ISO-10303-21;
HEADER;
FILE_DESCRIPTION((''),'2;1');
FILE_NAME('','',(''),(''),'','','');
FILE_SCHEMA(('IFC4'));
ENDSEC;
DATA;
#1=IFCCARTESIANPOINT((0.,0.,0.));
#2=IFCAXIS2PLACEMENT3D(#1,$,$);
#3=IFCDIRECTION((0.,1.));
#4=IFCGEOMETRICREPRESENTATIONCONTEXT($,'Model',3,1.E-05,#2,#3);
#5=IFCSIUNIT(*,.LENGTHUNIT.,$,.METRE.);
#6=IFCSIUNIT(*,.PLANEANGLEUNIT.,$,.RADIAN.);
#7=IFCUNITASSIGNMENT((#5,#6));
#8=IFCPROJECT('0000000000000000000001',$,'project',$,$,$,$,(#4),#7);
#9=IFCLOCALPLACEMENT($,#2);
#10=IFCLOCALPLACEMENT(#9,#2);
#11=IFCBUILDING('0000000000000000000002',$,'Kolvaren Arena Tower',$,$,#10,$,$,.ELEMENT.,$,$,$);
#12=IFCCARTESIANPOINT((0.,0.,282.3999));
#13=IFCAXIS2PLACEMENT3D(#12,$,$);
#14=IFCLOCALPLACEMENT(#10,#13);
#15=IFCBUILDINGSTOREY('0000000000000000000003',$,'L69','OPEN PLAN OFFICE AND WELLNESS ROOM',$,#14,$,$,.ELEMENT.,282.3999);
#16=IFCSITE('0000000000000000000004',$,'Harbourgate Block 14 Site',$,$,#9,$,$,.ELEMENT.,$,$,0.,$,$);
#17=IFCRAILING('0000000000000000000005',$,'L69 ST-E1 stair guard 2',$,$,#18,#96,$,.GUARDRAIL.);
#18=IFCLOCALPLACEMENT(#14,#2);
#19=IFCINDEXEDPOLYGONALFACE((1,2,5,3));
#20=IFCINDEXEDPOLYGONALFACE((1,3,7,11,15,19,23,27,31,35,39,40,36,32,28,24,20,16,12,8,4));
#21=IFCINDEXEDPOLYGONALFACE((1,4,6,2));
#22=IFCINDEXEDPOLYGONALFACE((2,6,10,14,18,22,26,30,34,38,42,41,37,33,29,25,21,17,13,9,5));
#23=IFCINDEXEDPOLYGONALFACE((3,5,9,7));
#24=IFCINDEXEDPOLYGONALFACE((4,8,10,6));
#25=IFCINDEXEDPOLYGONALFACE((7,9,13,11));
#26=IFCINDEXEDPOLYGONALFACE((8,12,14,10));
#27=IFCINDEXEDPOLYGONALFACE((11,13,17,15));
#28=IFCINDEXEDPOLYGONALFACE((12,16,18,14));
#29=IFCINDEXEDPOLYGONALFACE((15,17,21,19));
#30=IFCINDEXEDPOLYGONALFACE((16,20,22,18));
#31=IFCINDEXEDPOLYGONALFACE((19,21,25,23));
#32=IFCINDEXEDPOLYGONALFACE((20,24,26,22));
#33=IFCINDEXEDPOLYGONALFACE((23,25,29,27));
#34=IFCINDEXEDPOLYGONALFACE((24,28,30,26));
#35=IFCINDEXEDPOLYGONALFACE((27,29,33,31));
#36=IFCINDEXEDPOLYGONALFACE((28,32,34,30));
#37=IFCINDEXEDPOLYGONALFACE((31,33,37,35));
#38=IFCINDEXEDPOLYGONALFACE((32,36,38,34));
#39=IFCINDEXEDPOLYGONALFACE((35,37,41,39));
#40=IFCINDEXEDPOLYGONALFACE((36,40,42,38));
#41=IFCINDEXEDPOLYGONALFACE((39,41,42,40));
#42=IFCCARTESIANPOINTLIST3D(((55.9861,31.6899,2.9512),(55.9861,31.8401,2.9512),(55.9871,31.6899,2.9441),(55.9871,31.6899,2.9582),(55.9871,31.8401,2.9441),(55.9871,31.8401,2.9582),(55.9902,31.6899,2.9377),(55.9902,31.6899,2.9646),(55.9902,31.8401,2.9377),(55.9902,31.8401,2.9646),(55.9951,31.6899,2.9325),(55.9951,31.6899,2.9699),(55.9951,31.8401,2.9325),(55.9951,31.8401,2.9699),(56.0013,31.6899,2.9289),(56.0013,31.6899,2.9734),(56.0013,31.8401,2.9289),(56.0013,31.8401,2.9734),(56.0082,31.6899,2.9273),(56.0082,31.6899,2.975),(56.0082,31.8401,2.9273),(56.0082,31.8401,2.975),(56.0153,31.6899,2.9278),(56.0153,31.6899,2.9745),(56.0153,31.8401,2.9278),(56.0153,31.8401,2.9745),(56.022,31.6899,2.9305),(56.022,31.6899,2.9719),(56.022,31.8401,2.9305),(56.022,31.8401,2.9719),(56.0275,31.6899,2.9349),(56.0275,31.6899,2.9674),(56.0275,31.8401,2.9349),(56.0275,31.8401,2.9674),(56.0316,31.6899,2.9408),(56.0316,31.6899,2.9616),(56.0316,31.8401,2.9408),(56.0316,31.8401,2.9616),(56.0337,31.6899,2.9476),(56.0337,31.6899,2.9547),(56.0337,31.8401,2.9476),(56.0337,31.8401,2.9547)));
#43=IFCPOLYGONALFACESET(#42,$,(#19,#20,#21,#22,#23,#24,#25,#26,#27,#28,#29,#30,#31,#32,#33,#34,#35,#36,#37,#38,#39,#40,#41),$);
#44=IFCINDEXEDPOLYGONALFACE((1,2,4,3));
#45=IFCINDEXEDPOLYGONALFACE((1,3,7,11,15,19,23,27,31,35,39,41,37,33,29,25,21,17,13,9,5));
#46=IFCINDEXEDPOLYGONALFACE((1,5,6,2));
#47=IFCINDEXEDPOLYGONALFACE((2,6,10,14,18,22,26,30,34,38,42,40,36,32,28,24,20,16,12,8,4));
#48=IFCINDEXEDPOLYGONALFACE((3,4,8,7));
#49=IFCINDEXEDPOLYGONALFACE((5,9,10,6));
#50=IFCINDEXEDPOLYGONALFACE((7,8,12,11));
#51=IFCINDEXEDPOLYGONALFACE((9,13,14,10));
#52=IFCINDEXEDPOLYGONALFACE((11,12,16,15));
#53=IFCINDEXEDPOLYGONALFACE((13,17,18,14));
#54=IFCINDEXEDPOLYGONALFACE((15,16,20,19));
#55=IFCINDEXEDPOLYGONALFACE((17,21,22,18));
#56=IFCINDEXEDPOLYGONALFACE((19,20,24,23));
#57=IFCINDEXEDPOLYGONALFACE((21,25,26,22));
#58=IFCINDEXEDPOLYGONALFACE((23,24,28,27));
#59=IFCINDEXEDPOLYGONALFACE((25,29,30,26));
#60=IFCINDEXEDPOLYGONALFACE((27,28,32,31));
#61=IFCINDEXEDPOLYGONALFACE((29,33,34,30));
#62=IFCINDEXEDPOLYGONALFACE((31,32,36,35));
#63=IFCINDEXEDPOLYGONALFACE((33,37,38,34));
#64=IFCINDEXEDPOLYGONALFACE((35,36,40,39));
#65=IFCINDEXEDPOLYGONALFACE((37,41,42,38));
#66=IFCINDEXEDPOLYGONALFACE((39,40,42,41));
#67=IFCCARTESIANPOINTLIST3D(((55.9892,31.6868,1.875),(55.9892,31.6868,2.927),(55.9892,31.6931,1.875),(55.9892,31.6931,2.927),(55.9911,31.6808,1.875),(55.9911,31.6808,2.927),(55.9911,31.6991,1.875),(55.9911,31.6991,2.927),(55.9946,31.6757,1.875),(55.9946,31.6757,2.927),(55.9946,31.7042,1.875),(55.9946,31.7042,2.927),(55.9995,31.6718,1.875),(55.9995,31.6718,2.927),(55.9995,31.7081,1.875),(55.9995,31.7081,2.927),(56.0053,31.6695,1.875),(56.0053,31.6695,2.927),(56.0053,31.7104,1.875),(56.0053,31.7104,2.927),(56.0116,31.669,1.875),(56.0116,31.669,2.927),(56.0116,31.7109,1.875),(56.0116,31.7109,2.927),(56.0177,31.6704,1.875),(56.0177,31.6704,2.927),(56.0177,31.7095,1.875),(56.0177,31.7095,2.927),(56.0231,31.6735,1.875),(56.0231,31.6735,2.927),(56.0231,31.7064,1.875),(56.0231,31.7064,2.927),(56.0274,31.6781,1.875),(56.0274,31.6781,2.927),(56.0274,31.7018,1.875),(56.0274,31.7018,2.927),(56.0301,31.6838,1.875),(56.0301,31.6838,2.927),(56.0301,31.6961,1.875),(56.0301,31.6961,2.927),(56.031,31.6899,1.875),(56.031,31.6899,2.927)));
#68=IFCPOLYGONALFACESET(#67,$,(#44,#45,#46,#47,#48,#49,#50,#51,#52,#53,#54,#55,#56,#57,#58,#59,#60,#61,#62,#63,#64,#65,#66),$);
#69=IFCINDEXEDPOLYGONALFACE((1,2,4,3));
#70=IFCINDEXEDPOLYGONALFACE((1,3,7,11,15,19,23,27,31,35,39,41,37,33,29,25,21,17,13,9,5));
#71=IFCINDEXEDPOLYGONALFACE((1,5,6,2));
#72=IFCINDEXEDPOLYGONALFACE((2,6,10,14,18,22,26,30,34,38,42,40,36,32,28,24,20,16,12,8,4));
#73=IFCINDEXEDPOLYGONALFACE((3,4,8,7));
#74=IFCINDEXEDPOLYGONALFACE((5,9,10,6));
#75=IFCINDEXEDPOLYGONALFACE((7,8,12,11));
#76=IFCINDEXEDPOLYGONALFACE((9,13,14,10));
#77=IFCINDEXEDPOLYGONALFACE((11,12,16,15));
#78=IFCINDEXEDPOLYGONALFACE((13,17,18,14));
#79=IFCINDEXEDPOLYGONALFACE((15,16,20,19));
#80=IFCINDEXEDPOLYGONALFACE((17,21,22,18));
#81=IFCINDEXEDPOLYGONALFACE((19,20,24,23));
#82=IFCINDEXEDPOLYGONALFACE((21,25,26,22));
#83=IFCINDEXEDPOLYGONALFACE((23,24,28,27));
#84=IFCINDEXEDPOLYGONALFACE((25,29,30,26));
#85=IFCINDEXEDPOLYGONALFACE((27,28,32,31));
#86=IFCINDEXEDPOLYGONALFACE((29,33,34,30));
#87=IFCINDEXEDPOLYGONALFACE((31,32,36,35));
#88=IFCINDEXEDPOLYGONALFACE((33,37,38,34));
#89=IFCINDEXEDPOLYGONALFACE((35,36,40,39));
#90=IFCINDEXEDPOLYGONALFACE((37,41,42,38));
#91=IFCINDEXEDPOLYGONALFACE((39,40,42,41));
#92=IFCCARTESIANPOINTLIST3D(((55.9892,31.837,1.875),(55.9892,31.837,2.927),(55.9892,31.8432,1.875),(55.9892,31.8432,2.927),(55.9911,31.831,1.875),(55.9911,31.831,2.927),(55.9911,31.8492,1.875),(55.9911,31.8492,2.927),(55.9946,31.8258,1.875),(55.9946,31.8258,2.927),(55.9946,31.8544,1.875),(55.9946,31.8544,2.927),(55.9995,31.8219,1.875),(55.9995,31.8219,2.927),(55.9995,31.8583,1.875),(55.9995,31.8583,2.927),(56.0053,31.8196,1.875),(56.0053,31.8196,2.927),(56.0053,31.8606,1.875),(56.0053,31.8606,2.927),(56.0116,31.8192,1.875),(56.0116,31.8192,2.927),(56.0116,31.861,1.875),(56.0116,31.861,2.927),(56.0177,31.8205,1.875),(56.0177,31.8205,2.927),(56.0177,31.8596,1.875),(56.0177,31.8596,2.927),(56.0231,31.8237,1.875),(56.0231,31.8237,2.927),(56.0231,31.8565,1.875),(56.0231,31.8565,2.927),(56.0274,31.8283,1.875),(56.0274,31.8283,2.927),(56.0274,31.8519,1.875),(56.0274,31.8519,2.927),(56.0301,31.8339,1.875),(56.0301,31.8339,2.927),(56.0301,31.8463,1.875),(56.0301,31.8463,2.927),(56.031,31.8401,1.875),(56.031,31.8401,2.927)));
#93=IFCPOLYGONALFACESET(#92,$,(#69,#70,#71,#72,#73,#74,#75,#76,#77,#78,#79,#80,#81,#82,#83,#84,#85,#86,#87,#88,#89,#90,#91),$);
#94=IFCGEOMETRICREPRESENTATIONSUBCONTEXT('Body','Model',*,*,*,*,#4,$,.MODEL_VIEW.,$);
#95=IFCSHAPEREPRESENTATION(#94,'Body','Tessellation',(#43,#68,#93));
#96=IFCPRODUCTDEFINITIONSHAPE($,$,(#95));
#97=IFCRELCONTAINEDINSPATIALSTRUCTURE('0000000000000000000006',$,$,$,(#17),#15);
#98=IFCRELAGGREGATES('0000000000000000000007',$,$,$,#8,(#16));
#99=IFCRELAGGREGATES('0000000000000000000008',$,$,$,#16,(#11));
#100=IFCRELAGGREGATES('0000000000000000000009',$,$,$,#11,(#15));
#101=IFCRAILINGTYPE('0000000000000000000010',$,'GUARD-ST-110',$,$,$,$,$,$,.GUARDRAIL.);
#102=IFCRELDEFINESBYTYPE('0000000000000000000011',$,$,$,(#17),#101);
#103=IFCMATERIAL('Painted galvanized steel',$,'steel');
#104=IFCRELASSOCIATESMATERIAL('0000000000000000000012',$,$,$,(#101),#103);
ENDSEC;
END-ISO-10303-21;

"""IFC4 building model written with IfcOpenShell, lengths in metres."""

from ifc_helpers import new_model, si_unit, direction, frame, origin, origin_2d, place, context, subcontext, project, spatial, circle, extrude, material, type_object, element, save


model = new_model("IFC4")

# Units and contexts
model_context = context("Model", 3, precision=1e-05, world=origin(), true_north=direction((0.0, 1.0)))
body_context = subcontext(model_context, "Body", "Model", "MODEL_VIEW")
ifc_project = project(units=[si_unit("LENGTHUNIT", "METRE"), si_unit("PLANEANGLEUNIT", "RADIAN")], contexts=[model_context])

# Site, building, storey
site_placement = place(None, origin())
site = spatial("IfcSite", under=ifc_project, at=site_placement, Name="Harbourgate Block 14 Site", CompositionType="ELEMENT", RefElevation=0.0)
building_placement = place(site_placement, origin())
building = spatial("IfcBuilding", under=site, at=building_placement, Name="Kolvaren Arena Tower", CompositionType="ELEMENT")
storey_placement = place(building_placement, frame((0.0, 0.0, 282.3999)))
storey = spatial("IfcBuildingStorey", under=building, at=storey_placement, Name="L69", Description="OPEN PLAN OFFICE AND WELLNESS ROOM", CompositionType="ELEMENT", Elevation=282.3999)

# Railing
ifc_material_1 = material(Name="Painted galvanized steel", Category="steel")
railing_type_1 = type_object("IfcRailingType", Name="GUARD-ST-110", PredefinedType="GUARDRAIL", material=ifc_material_1)
railing_1_placement = place(storey_placement, frame((56.01, 31.6899, 1.875)))
element("IfcRailing", 1, at=railing_1_placement, inside=storey, type_object=railing_type_1, Name="L69 ST-E1 stair guard 2", PredefinedType="GUARDRAIL", context=body_context, shape_type="SweptSolid", body=[
    extrude(circle(Radius=0.0239, at=origin_2d()), frame((0.0, 0.0, 1.0762), z_axis=(0.0, 1.0, 0.0), x_axis=(-1.0, 0.0, 0.0)), (0.0, 0.0, 1.0), 0.1501),
    extrude(circle(Radius=0.021, at=origin_2d()), origin(), (0.0, 0.0, 1.0), 1.052),
    extrude(circle(Radius=0.021, at=origin_2d()), frame((0.0, 0.1501, 0.0)), (0.0, 0.0, 1.0), 1.052),
])

save(model, "model.ifc")
